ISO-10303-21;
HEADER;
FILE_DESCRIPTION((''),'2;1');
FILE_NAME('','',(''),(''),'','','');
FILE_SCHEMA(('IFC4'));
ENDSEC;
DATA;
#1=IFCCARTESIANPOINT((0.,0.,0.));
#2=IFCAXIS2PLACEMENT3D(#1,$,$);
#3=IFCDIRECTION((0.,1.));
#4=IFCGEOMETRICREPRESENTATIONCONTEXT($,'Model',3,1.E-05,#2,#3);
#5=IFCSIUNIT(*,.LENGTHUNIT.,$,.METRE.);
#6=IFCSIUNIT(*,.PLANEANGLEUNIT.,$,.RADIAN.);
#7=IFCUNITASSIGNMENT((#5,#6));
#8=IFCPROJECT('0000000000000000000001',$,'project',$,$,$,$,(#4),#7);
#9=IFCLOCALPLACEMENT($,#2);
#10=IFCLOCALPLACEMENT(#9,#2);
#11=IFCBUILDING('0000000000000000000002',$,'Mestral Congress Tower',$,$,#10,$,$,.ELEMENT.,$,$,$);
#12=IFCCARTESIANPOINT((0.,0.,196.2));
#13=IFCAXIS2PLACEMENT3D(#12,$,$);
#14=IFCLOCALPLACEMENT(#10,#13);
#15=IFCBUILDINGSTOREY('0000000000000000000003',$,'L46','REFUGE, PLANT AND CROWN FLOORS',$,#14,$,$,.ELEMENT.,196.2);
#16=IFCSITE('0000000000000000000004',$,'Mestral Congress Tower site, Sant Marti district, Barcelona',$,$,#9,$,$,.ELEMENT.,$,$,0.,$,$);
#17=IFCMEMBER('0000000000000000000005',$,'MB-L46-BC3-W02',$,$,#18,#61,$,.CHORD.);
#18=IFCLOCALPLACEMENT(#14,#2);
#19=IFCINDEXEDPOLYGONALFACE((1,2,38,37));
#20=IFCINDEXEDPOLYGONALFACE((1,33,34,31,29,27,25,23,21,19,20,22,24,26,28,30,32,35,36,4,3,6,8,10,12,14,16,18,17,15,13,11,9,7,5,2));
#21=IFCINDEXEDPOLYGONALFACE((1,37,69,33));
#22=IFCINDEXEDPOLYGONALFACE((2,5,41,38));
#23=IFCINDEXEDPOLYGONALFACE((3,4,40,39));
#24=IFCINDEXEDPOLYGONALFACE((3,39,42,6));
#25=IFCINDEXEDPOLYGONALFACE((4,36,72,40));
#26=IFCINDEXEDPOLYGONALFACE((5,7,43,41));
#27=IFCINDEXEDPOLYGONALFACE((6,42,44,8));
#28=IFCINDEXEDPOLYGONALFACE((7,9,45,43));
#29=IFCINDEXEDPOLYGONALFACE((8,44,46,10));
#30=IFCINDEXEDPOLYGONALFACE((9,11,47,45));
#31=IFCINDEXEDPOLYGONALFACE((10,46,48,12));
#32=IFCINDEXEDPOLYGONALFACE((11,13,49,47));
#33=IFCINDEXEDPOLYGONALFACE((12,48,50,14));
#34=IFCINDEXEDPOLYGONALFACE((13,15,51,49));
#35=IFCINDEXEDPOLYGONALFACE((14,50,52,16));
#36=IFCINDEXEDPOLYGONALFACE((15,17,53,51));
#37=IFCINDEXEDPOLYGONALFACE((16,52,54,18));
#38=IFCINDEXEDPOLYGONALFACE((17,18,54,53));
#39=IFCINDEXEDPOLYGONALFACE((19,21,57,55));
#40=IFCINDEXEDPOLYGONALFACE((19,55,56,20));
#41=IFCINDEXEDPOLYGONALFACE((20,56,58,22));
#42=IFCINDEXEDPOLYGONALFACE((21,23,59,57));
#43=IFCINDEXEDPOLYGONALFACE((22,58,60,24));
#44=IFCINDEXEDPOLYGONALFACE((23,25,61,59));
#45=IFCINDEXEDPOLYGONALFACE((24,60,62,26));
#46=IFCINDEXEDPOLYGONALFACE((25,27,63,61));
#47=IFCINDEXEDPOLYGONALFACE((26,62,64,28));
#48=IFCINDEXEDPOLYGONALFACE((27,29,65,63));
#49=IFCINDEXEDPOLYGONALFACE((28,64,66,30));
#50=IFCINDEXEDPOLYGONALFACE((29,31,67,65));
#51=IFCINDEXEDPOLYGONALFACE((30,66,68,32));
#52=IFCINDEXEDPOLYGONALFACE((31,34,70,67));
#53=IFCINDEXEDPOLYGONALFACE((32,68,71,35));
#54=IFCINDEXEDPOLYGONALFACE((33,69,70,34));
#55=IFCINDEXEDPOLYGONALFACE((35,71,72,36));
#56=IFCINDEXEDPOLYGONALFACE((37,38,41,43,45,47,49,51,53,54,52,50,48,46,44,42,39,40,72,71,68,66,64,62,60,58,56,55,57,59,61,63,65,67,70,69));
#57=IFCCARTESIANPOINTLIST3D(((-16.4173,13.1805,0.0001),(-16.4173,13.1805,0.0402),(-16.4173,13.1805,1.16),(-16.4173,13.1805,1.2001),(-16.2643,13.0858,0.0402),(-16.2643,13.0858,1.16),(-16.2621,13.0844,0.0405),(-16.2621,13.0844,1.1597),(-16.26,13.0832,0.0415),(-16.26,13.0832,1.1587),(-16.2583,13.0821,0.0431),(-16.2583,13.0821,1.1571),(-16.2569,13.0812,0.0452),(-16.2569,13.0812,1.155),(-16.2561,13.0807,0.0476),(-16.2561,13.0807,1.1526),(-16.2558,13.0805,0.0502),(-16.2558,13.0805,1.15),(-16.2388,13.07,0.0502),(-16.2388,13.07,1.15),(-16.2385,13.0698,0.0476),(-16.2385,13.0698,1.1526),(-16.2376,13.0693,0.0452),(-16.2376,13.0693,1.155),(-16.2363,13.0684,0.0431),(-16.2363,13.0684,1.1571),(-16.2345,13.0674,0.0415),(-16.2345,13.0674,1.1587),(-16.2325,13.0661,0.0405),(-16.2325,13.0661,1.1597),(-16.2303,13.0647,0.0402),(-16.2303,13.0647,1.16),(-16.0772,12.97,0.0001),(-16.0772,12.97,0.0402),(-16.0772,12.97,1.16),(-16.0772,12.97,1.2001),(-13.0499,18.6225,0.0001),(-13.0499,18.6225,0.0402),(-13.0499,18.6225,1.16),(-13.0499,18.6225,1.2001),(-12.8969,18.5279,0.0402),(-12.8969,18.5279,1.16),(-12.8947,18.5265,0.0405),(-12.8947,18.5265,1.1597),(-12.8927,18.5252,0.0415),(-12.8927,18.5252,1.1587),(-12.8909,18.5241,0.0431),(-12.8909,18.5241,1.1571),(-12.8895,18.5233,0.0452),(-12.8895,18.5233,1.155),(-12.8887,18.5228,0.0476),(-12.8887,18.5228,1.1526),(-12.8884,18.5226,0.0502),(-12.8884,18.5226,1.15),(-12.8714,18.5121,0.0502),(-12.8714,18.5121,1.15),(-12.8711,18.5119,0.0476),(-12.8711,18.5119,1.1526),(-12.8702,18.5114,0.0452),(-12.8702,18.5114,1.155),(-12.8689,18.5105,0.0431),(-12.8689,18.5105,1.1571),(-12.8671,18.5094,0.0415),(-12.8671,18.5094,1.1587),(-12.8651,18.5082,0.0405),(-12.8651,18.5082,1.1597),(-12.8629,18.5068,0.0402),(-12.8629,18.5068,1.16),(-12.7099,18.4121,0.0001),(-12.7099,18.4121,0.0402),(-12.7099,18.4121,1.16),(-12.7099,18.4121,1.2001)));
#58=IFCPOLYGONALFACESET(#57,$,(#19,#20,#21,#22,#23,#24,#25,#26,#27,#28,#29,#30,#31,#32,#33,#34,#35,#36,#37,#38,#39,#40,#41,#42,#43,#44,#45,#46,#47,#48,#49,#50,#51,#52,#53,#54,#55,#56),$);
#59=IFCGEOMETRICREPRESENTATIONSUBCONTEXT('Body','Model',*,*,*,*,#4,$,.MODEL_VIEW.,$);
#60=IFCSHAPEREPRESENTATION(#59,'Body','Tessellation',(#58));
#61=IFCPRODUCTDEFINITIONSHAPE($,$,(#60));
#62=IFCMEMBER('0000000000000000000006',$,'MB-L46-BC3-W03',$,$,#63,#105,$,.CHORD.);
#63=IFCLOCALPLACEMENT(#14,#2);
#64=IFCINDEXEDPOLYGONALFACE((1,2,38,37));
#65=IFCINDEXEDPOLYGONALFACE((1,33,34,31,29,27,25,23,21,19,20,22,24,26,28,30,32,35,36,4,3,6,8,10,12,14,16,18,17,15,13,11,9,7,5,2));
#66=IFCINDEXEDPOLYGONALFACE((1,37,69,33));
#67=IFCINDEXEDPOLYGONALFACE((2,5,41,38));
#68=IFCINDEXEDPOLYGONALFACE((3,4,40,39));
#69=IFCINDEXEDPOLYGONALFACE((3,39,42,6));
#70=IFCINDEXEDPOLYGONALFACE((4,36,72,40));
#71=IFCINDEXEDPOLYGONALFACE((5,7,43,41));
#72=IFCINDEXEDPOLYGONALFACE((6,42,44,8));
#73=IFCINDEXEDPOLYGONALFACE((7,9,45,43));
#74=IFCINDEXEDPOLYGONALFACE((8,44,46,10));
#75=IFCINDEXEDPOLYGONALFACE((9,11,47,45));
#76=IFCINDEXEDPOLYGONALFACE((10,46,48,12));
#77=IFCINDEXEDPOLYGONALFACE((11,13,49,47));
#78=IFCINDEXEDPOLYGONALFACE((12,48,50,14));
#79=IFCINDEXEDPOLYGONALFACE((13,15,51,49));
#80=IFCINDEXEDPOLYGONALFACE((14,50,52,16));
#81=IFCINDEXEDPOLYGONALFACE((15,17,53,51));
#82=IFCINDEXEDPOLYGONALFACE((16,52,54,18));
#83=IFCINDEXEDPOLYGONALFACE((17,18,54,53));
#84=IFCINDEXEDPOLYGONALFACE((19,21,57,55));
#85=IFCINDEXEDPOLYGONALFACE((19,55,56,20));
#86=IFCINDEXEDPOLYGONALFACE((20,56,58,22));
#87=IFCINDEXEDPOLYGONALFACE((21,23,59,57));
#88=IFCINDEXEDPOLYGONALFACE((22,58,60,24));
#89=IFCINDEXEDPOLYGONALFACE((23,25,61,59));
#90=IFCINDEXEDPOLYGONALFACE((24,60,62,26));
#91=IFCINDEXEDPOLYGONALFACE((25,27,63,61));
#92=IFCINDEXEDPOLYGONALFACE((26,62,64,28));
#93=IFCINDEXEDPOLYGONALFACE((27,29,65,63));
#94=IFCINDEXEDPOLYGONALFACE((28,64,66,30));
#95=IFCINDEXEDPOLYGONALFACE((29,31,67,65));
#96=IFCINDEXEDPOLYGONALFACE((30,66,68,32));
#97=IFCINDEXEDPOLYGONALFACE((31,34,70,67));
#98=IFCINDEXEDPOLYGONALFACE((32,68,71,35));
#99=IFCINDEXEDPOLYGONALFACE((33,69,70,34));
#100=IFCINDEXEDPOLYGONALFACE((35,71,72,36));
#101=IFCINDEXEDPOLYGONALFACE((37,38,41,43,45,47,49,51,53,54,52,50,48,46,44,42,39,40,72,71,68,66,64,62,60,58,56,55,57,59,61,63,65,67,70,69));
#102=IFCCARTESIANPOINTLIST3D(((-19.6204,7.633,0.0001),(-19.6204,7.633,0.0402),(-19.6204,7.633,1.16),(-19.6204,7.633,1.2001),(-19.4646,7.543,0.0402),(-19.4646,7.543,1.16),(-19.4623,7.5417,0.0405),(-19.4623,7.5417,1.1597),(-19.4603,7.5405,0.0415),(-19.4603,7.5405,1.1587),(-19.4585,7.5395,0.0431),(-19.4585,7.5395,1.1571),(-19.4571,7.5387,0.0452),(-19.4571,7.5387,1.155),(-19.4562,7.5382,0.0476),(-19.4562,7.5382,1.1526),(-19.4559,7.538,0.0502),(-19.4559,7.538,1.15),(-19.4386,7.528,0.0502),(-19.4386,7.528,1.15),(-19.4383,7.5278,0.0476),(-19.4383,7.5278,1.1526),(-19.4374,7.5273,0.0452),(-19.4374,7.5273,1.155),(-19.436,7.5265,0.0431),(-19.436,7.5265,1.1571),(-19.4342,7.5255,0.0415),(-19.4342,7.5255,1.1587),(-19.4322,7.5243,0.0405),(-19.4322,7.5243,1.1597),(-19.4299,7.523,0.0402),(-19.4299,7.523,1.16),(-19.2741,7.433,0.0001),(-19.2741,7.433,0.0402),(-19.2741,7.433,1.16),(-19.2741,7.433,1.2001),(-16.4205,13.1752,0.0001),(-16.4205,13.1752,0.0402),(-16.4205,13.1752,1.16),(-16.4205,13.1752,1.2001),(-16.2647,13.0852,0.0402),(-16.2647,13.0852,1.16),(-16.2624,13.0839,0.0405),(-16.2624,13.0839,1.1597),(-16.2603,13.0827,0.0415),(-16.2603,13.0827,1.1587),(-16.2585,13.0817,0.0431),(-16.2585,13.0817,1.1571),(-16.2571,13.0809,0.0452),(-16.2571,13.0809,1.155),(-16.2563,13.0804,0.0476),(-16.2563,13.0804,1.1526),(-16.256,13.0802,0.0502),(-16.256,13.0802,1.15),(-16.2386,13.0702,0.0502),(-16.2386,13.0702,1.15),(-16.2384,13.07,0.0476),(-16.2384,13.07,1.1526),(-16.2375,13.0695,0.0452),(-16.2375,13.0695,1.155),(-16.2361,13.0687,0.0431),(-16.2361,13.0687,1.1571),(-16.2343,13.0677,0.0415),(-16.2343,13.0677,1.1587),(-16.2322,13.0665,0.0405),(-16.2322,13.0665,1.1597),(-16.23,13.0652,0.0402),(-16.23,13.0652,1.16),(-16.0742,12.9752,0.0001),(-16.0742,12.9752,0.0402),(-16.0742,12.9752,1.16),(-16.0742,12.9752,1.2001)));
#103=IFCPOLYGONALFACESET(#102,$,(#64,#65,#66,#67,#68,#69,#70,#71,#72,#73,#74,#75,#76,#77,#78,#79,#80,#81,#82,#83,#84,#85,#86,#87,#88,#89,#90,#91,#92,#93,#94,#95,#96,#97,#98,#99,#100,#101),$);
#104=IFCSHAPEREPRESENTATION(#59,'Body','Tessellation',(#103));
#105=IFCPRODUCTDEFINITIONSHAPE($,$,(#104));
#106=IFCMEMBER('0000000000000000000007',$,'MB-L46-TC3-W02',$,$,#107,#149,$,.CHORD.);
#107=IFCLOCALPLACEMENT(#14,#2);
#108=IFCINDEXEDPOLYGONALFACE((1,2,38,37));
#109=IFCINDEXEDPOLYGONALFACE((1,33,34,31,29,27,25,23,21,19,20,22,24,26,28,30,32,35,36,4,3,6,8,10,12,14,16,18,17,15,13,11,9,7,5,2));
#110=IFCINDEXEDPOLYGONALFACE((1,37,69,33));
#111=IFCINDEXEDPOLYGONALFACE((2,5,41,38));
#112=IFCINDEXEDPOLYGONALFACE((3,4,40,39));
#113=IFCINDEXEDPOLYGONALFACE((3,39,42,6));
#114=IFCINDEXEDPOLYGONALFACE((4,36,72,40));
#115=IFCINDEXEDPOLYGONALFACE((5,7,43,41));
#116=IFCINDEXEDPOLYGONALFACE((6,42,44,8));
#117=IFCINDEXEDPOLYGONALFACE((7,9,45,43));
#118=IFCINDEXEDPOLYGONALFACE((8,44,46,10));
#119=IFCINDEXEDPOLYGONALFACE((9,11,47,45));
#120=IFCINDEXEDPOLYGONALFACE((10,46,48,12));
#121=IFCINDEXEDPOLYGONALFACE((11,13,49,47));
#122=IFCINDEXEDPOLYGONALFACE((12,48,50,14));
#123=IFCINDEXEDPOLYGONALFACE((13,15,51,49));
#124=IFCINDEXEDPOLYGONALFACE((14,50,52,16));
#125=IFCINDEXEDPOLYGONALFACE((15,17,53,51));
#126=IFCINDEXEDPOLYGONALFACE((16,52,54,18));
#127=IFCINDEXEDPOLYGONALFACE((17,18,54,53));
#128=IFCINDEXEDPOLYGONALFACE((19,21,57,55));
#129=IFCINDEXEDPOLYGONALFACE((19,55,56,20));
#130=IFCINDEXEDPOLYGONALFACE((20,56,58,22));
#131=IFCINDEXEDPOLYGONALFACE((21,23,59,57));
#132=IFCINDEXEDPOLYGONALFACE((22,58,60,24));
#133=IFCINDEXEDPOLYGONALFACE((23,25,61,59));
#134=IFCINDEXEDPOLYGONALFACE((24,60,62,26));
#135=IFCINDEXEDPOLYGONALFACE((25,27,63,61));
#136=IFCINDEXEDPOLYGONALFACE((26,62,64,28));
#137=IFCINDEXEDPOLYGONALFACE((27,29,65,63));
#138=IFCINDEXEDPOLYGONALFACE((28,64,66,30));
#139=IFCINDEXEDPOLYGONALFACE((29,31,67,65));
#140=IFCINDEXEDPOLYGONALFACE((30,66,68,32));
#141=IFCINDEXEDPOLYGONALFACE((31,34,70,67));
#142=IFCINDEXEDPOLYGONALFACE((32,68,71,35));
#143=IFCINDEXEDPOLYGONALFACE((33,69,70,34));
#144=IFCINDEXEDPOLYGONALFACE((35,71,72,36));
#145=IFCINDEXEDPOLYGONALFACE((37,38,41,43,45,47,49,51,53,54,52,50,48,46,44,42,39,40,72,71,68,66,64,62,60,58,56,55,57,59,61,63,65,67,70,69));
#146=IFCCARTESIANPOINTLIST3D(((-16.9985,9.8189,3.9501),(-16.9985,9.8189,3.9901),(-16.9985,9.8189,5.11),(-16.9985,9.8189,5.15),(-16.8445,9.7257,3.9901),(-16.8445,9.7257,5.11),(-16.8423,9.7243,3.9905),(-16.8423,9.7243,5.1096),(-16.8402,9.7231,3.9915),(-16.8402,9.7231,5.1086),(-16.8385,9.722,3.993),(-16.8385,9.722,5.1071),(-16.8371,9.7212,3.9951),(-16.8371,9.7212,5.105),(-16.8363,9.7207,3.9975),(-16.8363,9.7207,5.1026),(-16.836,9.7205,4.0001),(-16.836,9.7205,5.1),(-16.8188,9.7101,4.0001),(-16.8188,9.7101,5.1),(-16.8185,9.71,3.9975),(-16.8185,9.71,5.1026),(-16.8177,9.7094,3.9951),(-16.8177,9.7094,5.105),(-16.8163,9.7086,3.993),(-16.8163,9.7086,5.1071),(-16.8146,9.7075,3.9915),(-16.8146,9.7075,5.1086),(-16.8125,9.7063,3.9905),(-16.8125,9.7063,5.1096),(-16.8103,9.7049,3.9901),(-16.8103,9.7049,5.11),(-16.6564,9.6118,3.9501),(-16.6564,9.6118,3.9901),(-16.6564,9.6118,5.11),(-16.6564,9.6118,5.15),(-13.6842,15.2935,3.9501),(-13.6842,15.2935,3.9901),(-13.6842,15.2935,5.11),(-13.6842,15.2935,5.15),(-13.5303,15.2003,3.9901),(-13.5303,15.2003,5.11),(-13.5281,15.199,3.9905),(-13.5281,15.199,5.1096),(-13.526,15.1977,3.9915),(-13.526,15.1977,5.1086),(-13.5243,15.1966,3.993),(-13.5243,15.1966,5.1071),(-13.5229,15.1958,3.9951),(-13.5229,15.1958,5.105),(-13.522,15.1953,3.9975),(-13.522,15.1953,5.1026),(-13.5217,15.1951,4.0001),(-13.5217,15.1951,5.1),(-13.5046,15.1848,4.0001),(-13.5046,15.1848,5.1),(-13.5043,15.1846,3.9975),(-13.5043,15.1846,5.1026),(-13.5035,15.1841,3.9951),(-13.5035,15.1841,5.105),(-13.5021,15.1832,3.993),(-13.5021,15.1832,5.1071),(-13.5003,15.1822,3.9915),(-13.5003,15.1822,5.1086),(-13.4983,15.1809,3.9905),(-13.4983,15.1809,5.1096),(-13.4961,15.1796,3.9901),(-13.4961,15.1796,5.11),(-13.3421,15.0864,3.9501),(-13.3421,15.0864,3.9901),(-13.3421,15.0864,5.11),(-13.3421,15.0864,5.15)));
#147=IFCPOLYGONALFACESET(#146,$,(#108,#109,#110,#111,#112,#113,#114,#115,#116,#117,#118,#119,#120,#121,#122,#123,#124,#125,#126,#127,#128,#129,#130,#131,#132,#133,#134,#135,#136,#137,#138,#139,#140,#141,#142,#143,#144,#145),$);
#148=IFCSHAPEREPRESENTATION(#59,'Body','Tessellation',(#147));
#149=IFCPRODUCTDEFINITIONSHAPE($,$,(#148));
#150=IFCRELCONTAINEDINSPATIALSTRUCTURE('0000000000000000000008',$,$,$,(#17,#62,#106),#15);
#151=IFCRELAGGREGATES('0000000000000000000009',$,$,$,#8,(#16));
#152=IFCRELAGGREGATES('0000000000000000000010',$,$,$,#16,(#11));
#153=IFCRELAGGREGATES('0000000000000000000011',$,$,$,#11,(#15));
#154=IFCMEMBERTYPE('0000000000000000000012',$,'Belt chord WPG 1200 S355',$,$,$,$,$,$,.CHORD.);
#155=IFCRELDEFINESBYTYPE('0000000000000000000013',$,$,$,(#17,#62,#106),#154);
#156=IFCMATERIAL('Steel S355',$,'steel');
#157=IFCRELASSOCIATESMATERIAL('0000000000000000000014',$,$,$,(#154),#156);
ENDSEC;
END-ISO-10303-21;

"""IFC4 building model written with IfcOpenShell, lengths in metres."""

from ifc_helpers import new_model, si_unit, direction, frame, origin, origin_2d, place, context, subcontext, project, spatial, i_section, extrude, material, material_profile, profile_set, type_object, element, save


model = new_model("IFC4")

# Units and contexts
model_context = context("Model", 3, precision=1e-05, world=origin(), true_north=direction((0.0, 1.0)))
body_context = subcontext(model_context, "Body", "Model", "MODEL_VIEW")
ifc_project = project(units=[si_unit("LENGTHUNIT", "METRE"), si_unit("PLANEANGLEUNIT", "RADIAN")], contexts=[model_context])

# Site, building, storey
site_placement = place(None, origin())
site = spatial("IfcSite", under=ifc_project, at=site_placement, Name="Mestral Congress Tower site, Sant Marti district, Barcelona", CompositionType="ELEMENT", RefElevation=0.0)
building_placement = place(site_placement, origin())
building = spatial("IfcBuilding", under=site, at=building_placement, Name="Mestral Congress Tower", CompositionType="ELEMENT")
storey_placement = place(building_placement, frame((0.0, 0.0, 196.2)))
storey = spatial("IfcBuildingStorey", under=building, at=storey_placement, Name="L46", Description="REFUGE, PLANT AND CROWN FLOORS", CompositionType="ELEMENT", Elevation=196.2)

# Members
ifc_material_1 = material(Name="Steel S355", Category="steel")
ifc_material_profile_1 = material_profile(ifc_material_1, i_section(OverallWidth=0.3999, OverallDepth=1.2, WebThickness=0.02, FlangeThickness=0.04, FilletRadius=0.01, at=origin_2d()), Name="WPG 1200")
ifc_profile_set_1 = profile_set([ifc_material_profile_1], Name="Steel S355")
member_type_1 = type_object("IfcMemberType", Name="Belt chord WPG 1200 S355", PredefinedType="CHORD", material=ifc_profile_set_1)
for number, where, z_axis, x_axis, name in (
    (1, (-12.8799, 18.5173, 0.6001), (-0.526184, -0.850371, 0.0), (0.850371, -0.526184, 0.0), "MB-L46-BC3-W02"),
    (2, (-16.2473, 13.0752, 0.6001), (-0.500016, -0.866016, 0.0), (0.866016, -0.500016, 0.0), "MB-L46-BC3-W03"),
    (3, (-13.5132, 15.1899, 4.55), (-0.517875, -0.855456, 0.0), (0.855456, -0.517875, 0.0), "MB-L46-TC3-W02"),
):
    element("IfcMember", number, at=place(storey_placement, frame(where, z_axis=z_axis, x_axis=x_axis)), inside=storey, type_object=member_type_1, Name=name, PredefinedType="CHORD", context=body_context, shape_type="SweptSolid", body=[
        extrude(i_section(OverallWidth=0.3999, OverallDepth=1.2, WebThickness=0.02, FlangeThickness=0.04, FilletRadius=0.01, at=origin_2d()), origin(), (0.0, 0.0, 1.0), 6.3997),
    ])

save(model, "model.ifc")
